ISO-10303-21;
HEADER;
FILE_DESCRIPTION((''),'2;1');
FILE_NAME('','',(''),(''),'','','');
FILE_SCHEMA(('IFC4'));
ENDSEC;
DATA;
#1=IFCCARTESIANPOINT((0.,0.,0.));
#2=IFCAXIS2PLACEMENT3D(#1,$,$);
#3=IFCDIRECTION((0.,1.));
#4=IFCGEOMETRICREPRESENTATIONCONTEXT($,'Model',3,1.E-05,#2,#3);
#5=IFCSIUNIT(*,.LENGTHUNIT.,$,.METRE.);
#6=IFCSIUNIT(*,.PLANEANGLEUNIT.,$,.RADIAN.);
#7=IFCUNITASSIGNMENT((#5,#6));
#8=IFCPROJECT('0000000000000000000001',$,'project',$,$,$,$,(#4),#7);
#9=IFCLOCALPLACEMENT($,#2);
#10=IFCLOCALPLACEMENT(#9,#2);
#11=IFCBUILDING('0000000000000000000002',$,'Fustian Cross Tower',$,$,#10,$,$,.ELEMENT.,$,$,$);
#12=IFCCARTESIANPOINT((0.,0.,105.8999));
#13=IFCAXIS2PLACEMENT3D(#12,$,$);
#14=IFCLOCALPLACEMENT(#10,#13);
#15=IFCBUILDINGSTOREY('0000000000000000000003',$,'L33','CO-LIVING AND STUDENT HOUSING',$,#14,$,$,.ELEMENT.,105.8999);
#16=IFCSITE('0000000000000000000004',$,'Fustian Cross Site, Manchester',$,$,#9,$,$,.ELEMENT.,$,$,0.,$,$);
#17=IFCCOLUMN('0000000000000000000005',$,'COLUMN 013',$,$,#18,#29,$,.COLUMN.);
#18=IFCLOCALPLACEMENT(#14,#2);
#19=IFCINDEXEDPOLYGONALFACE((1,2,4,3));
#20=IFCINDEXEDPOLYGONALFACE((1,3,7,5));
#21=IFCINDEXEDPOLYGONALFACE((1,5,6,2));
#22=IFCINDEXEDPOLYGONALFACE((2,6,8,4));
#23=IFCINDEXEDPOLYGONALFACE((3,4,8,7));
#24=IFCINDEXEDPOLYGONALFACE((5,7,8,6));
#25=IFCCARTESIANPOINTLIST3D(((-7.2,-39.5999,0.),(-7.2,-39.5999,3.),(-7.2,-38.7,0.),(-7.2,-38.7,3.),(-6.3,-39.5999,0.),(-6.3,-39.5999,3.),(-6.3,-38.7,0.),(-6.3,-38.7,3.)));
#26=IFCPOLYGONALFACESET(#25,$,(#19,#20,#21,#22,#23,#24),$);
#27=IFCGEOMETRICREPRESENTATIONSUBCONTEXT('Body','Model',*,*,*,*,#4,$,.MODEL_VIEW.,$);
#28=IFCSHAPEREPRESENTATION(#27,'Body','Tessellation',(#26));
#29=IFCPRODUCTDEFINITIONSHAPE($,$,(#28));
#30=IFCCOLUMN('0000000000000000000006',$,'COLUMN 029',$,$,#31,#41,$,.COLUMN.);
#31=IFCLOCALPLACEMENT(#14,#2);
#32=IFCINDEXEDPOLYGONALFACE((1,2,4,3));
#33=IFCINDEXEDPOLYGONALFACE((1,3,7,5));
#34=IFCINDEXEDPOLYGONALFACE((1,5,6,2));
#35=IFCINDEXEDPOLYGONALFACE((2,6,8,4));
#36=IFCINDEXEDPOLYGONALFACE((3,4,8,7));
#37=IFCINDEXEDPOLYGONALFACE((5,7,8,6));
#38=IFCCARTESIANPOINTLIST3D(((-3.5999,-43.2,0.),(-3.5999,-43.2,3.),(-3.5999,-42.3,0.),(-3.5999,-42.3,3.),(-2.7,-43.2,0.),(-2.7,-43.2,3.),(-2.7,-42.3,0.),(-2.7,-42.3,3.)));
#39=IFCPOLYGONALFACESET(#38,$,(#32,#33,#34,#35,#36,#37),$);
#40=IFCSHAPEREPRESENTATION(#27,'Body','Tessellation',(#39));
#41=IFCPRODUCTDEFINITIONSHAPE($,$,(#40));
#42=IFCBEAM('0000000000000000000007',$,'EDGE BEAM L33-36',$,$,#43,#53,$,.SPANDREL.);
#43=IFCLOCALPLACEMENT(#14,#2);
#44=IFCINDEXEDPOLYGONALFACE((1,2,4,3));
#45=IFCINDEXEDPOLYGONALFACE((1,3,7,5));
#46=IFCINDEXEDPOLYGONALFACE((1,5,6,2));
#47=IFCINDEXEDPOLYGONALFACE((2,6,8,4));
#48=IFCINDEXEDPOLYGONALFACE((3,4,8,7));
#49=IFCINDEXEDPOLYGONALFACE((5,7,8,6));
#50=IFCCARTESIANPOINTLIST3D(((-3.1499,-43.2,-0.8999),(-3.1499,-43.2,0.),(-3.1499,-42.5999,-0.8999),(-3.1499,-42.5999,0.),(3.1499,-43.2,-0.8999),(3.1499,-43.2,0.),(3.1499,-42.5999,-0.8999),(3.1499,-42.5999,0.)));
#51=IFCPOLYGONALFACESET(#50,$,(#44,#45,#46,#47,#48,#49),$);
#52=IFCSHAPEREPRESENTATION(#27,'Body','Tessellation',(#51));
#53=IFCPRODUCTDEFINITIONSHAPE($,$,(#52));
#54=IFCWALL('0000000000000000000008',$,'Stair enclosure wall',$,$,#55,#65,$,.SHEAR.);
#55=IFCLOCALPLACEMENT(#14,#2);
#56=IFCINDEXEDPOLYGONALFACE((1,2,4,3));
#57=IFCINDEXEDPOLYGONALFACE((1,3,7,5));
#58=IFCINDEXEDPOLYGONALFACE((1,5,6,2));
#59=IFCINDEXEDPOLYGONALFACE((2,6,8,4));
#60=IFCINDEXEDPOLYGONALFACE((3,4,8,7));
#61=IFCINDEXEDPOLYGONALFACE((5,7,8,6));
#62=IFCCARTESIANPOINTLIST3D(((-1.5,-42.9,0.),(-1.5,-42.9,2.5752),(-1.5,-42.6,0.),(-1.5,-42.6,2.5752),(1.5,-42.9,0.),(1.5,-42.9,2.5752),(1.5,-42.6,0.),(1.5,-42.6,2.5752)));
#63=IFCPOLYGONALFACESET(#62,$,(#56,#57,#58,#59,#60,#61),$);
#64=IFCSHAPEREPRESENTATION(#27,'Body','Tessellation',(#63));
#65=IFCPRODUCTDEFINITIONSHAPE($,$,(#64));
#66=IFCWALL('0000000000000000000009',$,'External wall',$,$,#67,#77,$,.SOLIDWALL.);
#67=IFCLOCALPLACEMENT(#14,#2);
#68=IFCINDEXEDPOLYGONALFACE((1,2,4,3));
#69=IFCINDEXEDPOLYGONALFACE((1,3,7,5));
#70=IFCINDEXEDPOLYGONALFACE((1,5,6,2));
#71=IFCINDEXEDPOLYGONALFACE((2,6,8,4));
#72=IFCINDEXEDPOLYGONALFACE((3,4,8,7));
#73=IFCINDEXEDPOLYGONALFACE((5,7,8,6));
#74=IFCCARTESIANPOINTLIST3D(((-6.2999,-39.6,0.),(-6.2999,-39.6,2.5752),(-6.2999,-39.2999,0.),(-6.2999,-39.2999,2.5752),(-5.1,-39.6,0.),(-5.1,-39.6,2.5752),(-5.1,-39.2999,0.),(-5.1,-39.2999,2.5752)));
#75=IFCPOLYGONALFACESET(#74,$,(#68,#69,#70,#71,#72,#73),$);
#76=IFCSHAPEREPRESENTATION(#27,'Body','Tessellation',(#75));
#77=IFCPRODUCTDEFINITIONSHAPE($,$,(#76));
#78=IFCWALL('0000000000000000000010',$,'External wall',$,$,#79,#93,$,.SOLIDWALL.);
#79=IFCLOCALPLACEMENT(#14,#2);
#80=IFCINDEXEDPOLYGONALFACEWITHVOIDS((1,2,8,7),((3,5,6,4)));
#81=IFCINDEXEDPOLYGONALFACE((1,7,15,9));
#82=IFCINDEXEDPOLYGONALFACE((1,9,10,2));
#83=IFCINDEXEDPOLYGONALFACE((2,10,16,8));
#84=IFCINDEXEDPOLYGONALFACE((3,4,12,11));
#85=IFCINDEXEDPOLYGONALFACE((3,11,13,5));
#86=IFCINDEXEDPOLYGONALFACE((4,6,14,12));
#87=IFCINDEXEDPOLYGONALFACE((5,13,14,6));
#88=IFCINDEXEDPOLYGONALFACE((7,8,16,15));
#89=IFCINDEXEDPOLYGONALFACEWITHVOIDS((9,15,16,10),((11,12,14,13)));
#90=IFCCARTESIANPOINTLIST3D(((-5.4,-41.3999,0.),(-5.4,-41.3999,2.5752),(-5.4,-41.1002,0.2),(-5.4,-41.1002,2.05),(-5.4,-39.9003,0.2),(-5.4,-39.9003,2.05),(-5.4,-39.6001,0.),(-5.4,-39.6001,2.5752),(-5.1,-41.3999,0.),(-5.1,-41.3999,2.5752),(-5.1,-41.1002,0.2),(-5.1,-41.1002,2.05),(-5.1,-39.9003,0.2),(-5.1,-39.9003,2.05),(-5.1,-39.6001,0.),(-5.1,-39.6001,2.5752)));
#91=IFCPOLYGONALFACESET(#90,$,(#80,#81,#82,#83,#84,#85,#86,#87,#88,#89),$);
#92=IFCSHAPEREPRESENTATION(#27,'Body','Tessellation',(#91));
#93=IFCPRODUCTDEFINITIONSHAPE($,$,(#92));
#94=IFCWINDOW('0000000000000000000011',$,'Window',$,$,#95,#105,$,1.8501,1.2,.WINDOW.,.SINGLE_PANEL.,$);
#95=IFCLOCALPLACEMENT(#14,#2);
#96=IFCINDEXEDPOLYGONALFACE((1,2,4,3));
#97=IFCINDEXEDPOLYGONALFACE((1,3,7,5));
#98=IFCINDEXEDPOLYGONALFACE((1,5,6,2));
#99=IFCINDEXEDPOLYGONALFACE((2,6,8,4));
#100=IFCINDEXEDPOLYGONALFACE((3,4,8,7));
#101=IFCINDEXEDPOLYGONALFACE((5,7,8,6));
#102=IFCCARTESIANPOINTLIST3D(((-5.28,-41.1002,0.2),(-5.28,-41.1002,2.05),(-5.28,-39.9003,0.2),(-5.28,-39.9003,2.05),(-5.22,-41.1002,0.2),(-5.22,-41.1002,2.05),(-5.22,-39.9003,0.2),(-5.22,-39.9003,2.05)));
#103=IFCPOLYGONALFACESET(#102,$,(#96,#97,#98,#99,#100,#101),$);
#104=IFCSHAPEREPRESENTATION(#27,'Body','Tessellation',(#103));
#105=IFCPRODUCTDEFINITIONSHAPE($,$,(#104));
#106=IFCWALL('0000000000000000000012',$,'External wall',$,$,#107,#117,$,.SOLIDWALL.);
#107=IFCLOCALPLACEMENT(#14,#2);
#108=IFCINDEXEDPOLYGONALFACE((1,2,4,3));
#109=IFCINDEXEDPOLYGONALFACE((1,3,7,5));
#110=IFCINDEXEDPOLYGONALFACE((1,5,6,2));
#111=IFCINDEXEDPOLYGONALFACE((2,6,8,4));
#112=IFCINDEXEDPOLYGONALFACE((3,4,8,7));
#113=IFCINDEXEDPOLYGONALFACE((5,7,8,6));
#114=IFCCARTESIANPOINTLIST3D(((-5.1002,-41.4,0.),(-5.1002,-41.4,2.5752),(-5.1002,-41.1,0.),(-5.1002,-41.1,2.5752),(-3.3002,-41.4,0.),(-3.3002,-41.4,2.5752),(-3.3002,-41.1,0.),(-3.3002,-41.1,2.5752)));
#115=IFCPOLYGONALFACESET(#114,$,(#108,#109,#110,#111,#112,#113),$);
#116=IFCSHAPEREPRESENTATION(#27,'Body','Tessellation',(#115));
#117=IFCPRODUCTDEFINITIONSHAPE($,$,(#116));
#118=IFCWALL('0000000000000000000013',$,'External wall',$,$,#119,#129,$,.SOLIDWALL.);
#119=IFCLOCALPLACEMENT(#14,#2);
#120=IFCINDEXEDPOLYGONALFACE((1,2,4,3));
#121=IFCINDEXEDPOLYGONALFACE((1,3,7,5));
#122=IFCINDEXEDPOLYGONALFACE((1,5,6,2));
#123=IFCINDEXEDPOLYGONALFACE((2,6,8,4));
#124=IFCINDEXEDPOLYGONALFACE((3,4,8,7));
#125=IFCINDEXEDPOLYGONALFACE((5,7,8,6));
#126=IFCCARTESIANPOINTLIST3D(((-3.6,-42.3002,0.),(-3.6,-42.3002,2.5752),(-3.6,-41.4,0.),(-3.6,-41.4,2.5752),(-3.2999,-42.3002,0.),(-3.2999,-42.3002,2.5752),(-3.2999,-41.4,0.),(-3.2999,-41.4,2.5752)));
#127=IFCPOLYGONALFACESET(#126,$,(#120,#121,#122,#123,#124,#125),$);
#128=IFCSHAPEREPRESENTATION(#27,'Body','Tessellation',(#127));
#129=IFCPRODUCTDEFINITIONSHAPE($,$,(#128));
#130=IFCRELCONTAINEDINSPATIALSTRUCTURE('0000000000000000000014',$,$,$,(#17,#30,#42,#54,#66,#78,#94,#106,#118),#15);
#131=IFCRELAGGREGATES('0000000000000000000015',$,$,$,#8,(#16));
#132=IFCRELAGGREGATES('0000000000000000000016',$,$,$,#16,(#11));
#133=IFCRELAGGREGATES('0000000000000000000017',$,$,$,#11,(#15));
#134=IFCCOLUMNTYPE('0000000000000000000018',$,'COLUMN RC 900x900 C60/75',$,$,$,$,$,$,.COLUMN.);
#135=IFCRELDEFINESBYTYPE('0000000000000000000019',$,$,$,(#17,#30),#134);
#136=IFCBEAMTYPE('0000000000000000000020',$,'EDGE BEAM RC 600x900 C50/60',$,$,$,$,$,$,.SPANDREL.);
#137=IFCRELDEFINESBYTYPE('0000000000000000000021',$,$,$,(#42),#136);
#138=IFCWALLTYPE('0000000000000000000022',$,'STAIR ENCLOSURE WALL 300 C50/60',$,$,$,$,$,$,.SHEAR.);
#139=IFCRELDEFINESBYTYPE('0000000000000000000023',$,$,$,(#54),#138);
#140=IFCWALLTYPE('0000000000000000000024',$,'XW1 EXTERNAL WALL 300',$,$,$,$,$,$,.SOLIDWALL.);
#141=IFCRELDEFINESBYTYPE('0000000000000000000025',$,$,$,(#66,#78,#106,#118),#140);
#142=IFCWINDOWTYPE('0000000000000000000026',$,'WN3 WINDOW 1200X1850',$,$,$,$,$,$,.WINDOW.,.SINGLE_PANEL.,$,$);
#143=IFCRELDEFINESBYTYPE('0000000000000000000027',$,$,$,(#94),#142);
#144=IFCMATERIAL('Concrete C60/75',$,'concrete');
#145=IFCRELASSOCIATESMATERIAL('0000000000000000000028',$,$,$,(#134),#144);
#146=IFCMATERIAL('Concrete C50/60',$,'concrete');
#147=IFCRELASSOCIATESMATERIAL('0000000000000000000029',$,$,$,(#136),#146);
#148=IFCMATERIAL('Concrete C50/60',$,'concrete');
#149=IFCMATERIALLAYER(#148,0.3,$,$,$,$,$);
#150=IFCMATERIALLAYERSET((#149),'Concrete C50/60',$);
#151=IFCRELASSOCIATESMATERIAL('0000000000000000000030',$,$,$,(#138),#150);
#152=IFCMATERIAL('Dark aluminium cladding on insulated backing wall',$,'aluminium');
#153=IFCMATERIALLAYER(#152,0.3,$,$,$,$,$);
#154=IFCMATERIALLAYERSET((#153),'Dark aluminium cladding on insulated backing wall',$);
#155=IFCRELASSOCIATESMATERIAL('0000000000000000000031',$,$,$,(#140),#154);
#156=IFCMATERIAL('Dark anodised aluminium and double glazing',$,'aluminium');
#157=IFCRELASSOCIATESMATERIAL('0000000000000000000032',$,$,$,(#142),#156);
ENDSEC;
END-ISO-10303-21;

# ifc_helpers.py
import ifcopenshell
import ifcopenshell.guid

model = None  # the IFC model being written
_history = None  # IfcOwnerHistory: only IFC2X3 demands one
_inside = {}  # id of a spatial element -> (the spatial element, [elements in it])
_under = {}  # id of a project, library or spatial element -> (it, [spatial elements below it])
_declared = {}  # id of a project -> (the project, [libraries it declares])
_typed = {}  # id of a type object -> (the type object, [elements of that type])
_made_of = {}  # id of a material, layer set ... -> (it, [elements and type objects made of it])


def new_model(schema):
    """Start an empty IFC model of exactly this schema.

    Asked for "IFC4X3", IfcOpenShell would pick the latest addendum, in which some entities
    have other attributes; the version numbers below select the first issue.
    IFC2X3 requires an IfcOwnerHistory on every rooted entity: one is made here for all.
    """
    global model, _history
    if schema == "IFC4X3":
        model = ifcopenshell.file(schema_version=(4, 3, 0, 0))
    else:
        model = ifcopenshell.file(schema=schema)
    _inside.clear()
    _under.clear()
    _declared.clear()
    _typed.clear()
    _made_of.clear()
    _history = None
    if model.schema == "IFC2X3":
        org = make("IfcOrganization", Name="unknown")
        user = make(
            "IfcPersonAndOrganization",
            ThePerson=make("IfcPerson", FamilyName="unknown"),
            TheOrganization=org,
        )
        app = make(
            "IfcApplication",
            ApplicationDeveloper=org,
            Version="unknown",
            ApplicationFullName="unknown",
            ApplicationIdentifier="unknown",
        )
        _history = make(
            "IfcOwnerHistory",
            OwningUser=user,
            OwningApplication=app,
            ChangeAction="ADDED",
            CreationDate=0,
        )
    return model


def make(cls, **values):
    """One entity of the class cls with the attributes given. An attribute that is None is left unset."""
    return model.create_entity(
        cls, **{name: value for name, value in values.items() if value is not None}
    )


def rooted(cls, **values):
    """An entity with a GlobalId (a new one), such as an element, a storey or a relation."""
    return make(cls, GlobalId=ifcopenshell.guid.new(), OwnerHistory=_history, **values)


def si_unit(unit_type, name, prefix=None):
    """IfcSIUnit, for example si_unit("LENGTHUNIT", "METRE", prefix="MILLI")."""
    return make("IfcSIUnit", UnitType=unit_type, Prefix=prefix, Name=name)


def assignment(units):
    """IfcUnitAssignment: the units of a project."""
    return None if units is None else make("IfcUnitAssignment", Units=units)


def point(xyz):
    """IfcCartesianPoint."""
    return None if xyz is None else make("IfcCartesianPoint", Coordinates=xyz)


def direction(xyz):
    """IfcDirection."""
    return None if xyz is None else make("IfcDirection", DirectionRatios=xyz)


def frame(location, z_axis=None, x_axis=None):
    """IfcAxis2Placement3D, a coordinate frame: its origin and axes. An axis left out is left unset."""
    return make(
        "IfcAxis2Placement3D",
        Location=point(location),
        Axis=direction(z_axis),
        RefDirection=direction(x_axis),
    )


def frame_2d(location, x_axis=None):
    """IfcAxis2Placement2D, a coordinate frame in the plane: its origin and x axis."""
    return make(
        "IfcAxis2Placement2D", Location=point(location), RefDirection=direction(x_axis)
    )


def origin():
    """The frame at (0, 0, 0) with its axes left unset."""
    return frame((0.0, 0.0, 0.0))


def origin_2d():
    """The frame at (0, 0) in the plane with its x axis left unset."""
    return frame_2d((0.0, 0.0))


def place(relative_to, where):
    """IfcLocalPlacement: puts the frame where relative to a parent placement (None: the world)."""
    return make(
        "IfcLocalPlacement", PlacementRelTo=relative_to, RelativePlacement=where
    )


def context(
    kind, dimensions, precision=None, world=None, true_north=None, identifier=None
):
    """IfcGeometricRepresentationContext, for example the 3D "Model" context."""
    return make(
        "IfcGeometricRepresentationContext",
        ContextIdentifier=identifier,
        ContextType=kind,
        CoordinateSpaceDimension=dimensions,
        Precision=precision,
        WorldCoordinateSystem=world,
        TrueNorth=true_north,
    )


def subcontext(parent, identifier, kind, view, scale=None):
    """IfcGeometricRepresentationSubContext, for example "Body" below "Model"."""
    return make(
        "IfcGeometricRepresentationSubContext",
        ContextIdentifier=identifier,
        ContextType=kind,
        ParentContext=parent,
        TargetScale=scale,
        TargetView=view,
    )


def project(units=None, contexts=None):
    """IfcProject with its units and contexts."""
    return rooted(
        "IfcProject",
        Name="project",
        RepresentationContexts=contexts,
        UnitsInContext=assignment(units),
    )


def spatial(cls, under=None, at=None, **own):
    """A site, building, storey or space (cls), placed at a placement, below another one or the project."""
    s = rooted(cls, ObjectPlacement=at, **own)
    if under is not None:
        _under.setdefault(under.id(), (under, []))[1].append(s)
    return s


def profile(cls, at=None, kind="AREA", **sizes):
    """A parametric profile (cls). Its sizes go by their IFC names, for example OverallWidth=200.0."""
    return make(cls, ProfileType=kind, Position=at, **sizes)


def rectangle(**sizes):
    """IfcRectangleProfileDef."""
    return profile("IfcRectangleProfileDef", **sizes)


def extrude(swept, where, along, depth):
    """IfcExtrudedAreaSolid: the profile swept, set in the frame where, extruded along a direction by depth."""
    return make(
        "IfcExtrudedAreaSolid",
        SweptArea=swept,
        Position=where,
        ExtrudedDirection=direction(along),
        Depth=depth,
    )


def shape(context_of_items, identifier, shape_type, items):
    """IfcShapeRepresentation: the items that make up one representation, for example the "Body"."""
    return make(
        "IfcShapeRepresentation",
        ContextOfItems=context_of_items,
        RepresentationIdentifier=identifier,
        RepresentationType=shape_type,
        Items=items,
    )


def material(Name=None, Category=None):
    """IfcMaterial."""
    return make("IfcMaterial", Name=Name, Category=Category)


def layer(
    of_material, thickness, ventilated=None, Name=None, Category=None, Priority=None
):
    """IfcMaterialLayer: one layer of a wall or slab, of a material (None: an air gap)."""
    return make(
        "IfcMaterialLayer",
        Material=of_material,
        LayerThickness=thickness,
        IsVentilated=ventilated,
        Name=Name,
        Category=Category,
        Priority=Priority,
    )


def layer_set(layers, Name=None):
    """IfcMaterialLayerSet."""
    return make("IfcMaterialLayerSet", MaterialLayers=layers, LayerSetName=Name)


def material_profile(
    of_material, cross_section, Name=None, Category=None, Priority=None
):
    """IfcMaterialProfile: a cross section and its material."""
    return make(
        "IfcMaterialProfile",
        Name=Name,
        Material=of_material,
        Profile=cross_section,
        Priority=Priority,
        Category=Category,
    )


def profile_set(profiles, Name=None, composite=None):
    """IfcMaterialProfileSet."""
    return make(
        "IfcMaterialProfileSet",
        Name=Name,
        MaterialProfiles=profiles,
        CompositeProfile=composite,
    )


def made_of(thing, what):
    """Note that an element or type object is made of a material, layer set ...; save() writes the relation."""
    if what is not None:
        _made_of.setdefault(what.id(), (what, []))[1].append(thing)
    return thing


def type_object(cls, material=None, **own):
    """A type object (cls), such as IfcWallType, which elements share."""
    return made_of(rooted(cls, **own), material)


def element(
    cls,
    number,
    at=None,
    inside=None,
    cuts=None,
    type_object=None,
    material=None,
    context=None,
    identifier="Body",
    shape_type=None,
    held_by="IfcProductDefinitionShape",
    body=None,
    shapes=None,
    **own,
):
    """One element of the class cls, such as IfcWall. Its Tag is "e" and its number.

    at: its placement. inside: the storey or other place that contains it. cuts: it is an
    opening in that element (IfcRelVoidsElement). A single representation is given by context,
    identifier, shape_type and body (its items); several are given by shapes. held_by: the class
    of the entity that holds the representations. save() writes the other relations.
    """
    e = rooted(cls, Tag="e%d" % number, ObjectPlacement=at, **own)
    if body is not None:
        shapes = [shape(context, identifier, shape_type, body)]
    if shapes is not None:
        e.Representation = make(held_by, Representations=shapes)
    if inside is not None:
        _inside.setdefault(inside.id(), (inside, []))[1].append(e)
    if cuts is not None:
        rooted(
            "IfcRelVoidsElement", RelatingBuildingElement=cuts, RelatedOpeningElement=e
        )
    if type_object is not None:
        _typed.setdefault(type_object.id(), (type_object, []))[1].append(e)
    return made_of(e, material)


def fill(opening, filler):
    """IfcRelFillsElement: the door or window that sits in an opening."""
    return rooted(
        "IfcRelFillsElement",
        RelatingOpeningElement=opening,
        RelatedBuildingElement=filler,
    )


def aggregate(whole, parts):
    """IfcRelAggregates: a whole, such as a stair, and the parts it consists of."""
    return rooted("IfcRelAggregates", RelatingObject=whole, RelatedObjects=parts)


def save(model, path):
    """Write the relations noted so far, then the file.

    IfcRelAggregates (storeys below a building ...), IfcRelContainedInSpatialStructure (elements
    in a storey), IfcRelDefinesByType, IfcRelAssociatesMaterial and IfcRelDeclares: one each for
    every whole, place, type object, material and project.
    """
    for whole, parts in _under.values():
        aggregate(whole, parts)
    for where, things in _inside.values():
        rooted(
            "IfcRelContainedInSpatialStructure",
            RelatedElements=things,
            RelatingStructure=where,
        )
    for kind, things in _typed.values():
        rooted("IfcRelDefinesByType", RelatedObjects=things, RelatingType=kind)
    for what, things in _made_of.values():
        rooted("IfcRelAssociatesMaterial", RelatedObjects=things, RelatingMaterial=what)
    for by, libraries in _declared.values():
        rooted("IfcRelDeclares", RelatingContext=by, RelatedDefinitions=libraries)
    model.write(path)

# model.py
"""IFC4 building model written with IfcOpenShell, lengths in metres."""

from ifc_helpers import new_model, si_unit, direction, frame, frame_2d, origin, origin_2d, place, context, subcontext, project, spatial, rectangle, extrude, material, layer, layer_set, material_profile, profile_set, type_object, element, fill, save


model = new_model("IFC4")

# Units and contexts
model_context = context("Model", 3, precision=1e-05, world=origin(), true_north=direction((0.0, 1.0)))
body_context = subcontext(model_context, "Body", "Model", "MODEL_VIEW")
ifc_project = project(units=[si_unit("LENGTHUNIT", "METRE"), si_unit("PLANEANGLEUNIT", "RADIAN")], contexts=[model_context])

# Site, building, storey
site_placement = place(None, origin())
site = spatial("IfcSite", under=ifc_project, at=site_placement, Name="Fustian Cross Site, Manchester", CompositionType="ELEMENT", RefElevation=0.0)
building_placement = place(site_placement, origin())
building = spatial("IfcBuilding", under=site, at=building_placement, Name="Fustian Cross Tower", CompositionType="ELEMENT")
storey_placement = place(building_placement, frame((0.0, 0.0, 105.8999)))
storey = spatial("IfcBuildingStorey", under=building, at=storey_placement, Name="L33", Description="CO-LIVING AND STUDENT HOUSING", CompositionType="ELEMENT", Elevation=105.8999)

# Columns
ifc_material_1 = material(Name="Concrete C60/75", Category="concrete")
ifc_material_profile_1 = material_profile(ifc_material_1, rectangle(XDim=0.8999, YDim=0.8999, at=origin_2d()), Name="RC 900x900")
ifc_profile_set_1 = profile_set([ifc_material_profile_1], Name="Concrete C60/75")
column_type = type_object("IfcColumnType", Name="COLUMN RC 900x900 C60/75", PredefinedType="COLUMN", material=ifc_profile_set_1)
for number, where, z_axis, x_axis, name in (
    (1, (-6.75, -39.1499, 0.0), (0.0, 0.0, 1.0), (1.0, 0.0, 0.0), "COLUMN 013"),
    (2, (-3.1499, -42.75, 0.0), (0.0, 0.0, 1.0), (1.0, 0.0, 0.0), "COLUMN 029"),
):
    element("IfcColumn", number, at=place(storey_placement, frame(where, z_axis=z_axis, x_axis=x_axis)), inside=storey, type_object=column_type, Name=name, PredefinedType="COLUMN", context=body_context, shape_type="SweptSolid", body=[
        extrude(rectangle(XDim=0.8999, YDim=0.8999, at=origin_2d()), origin(), (0.0, 0.0, 1.0), 3.0),
    ])

# Beam
ifc_material_2 = material(Name="Concrete C50/60", Category="concrete")
ifc_material_profile_2 = material_profile(ifc_material_2, rectangle(XDim=0.6001, YDim=0.8999, at=origin_2d()), Name="RC 600x900")
ifc_profile_set_2 = profile_set([ifc_material_profile_2], Name="Concrete C50/60")
beam_type = type_object("IfcBeamType", Name="EDGE BEAM RC 600x900 C50/60", PredefinedType="SPANDREL", material=ifc_profile_set_2)
beam_placement = place(storey_placement, frame((-3.1499, -42.8999, -0.45), z_axis=(1.0, 0.0, 0.0), x_axis=(0.0, 1.0, 0.0)))
element("IfcBeam", 3, at=beam_placement, inside=storey, type_object=beam_type, Name="EDGE BEAM L33-36", PredefinedType="SPANDREL", context=body_context, shape_type="SweptSolid", body=[
    extrude(rectangle(XDim=0.6001, YDim=0.8999, at=origin_2d()), origin(), (0.0, 0.0, 1.0), 6.2998),
])

# Walls
ifc_material_3 = material(Name="Concrete C50/60", Category="concrete")
ifc_layer_1 = layer(ifc_material_3, 0.3)
ifc_layer_set_1 = layer_set([ifc_layer_1], Name="Concrete C50/60")
wall_type_1 = type_object("IfcWallType", Name="STAIR ENCLOSURE WALL 300 C50/60", PredefinedType="SHEAR", material=ifc_layer_set_1)
wall_1_placement = place(storey_placement, frame((-1.5, -42.75, 0.0), z_axis=(0.0, 0.0, 1.0), x_axis=(1.0, 0.0, 0.0)))
element("IfcWall", 4, at=wall_1_placement, inside=storey, type_object=wall_type_1, Name="Stair enclosure wall", PredefinedType="SHEAR", context=body_context, shape_type="SweptSolid", body=[
    extrude(rectangle(XDim=3.0, YDim=0.3, at=frame_2d((1.5, 0.0))), origin(), (0.0, 0.0, 1.0), 2.5752),
])
ifc_material_4 = material(Name="Dark aluminium cladding on insulated backing wall", Category="aluminium")
ifc_layer_2 = layer(ifc_material_4, 0.3)
ifc_layer_set_2 = layer_set([ifc_layer_2], Name="Dark aluminium cladding on insulated backing wall")
wall_type_2 = type_object("IfcWallType", Name="XW1 EXTERNAL WALL 300", PredefinedType="SOLIDWALL", material=ifc_layer_set_2)
wall_2_placement = place(storey_placement, frame((-6.3, -39.45, 0.0), z_axis=(0.0, 0.0, 1.0), x_axis=(1.0, 0.0, 0.0)))
element("IfcWall", 5, at=wall_2_placement, inside=storey, type_object=wall_type_2, Name="External wall", PredefinedType="SOLIDWALL", context=body_context, shape_type="SweptSolid", body=[
    extrude(rectangle(XDim=1.2, YDim=0.3, at=frame_2d((0.6001, 0.0))), origin(), (0.0, 0.0, 1.0), 2.5752),
])

# Wall, opening, window
wall_3_placement = place(storey_placement, frame((-5.25, -39.6001, 0.0), z_axis=(0.0, 0.0, 1.0), x_axis=(0.0, -1.0, 0.0)))
wall_3 = element("IfcWall", 6, at=wall_3_placement, inside=storey, type_object=wall_type_2, Name="External wall", PredefinedType="SOLIDWALL", context=body_context, shape_type="SweptSolid", body=[
    extrude(rectangle(XDim=1.7998, YDim=0.3, at=frame_2d((0.8999, 0.0))), origin(), (0.0, 0.0, 1.0), 2.5752),
])
opening_1_placement = place(wall_3_placement, frame((0.3, 0.0, 0.2)))
opening_1 = element("IfcOpeningElement", 7, at=opening_1_placement, cuts=wall_3, PredefinedType="OPENING", context=body_context, shape_type="SweptSolid", body=[
    extrude(rectangle(XDim=1.2, YDim=1.8501, at=frame_2d((0.6001, 0.925))), frame((0.0, 0.1599, 0.0), z_axis=(0.0, -1.0, 0.0), x_axis=(1.0, 0.0, 0.0)), (0.0, 0.0, 1.0), 0.3201),
])
ifc_material_5 = material(Name="Dark anodised aluminium and double glazing", Category="aluminium")
window_type_1 = type_object("IfcWindowType", Name="WN3 WINDOW 1200X1850", PartitioningType="SINGLE_PANEL", PredefinedType="WINDOW", material=ifc_material_5)
window_1_placement = place(opening_1_placement, origin())
window_1 = element("IfcWindow", 8, at=window_1_placement, inside=storey, type_object=window_type_1, Name="Window", OverallHeight=1.8501, OverallWidth=1.2, PartitioningType="SINGLE_PANEL", PredefinedType="WINDOW", context=body_context, shape_type="SweptSolid", body=[
    extrude(rectangle(XDim=1.2, YDim=1.8501, at=frame_2d((0.6001, 0.925))), frame((0.0, 0.03, 0.0), z_axis=(0.0, -1.0, 0.0), x_axis=(1.0, 0.0, 0.0)), (0.0, 0.0, 1.0), 0.0601),
])
fill(opening_1, window_1)

# Walls
wall_4_placement = place(storey_placement, frame((-5.1001, -41.25, 0.0), z_axis=(0.0, 0.0, 1.0), x_axis=(1.0, 0.0, 0.0)))
element("IfcWall", 9, at=wall_4_placement, inside=storey, type_object=wall_type_2, Name="External wall", PredefinedType="SOLIDWALL", context=body_context, shape_type="SweptSolid", body=[
    extrude(rectangle(XDim=1.8, YDim=0.3, at=frame_2d((0.8999, 0.0))), origin(), (0.0, 0.0, 1.0), 2.5752),
])
wall_5_placement = place(storey_placement, frame((-3.45, -41.3999, 0.0), z_axis=(0.0, 0.0, 1.0), x_axis=(0.0, -1.0, 0.0)))
element("IfcWall", 10, at=wall_5_placement, inside=storey, type_object=wall_type_2, Name="External wall", PredefinedType="SOLIDWALL", context=body_context, shape_type="SweptSolid", body=[
    extrude(rectangle(XDim=0.9001, YDim=0.3, at=frame_2d((0.4502, 0.0))), origin(), (0.0, 0.0, 1.0), 2.5752),
])

save(model, "model.ifc")
